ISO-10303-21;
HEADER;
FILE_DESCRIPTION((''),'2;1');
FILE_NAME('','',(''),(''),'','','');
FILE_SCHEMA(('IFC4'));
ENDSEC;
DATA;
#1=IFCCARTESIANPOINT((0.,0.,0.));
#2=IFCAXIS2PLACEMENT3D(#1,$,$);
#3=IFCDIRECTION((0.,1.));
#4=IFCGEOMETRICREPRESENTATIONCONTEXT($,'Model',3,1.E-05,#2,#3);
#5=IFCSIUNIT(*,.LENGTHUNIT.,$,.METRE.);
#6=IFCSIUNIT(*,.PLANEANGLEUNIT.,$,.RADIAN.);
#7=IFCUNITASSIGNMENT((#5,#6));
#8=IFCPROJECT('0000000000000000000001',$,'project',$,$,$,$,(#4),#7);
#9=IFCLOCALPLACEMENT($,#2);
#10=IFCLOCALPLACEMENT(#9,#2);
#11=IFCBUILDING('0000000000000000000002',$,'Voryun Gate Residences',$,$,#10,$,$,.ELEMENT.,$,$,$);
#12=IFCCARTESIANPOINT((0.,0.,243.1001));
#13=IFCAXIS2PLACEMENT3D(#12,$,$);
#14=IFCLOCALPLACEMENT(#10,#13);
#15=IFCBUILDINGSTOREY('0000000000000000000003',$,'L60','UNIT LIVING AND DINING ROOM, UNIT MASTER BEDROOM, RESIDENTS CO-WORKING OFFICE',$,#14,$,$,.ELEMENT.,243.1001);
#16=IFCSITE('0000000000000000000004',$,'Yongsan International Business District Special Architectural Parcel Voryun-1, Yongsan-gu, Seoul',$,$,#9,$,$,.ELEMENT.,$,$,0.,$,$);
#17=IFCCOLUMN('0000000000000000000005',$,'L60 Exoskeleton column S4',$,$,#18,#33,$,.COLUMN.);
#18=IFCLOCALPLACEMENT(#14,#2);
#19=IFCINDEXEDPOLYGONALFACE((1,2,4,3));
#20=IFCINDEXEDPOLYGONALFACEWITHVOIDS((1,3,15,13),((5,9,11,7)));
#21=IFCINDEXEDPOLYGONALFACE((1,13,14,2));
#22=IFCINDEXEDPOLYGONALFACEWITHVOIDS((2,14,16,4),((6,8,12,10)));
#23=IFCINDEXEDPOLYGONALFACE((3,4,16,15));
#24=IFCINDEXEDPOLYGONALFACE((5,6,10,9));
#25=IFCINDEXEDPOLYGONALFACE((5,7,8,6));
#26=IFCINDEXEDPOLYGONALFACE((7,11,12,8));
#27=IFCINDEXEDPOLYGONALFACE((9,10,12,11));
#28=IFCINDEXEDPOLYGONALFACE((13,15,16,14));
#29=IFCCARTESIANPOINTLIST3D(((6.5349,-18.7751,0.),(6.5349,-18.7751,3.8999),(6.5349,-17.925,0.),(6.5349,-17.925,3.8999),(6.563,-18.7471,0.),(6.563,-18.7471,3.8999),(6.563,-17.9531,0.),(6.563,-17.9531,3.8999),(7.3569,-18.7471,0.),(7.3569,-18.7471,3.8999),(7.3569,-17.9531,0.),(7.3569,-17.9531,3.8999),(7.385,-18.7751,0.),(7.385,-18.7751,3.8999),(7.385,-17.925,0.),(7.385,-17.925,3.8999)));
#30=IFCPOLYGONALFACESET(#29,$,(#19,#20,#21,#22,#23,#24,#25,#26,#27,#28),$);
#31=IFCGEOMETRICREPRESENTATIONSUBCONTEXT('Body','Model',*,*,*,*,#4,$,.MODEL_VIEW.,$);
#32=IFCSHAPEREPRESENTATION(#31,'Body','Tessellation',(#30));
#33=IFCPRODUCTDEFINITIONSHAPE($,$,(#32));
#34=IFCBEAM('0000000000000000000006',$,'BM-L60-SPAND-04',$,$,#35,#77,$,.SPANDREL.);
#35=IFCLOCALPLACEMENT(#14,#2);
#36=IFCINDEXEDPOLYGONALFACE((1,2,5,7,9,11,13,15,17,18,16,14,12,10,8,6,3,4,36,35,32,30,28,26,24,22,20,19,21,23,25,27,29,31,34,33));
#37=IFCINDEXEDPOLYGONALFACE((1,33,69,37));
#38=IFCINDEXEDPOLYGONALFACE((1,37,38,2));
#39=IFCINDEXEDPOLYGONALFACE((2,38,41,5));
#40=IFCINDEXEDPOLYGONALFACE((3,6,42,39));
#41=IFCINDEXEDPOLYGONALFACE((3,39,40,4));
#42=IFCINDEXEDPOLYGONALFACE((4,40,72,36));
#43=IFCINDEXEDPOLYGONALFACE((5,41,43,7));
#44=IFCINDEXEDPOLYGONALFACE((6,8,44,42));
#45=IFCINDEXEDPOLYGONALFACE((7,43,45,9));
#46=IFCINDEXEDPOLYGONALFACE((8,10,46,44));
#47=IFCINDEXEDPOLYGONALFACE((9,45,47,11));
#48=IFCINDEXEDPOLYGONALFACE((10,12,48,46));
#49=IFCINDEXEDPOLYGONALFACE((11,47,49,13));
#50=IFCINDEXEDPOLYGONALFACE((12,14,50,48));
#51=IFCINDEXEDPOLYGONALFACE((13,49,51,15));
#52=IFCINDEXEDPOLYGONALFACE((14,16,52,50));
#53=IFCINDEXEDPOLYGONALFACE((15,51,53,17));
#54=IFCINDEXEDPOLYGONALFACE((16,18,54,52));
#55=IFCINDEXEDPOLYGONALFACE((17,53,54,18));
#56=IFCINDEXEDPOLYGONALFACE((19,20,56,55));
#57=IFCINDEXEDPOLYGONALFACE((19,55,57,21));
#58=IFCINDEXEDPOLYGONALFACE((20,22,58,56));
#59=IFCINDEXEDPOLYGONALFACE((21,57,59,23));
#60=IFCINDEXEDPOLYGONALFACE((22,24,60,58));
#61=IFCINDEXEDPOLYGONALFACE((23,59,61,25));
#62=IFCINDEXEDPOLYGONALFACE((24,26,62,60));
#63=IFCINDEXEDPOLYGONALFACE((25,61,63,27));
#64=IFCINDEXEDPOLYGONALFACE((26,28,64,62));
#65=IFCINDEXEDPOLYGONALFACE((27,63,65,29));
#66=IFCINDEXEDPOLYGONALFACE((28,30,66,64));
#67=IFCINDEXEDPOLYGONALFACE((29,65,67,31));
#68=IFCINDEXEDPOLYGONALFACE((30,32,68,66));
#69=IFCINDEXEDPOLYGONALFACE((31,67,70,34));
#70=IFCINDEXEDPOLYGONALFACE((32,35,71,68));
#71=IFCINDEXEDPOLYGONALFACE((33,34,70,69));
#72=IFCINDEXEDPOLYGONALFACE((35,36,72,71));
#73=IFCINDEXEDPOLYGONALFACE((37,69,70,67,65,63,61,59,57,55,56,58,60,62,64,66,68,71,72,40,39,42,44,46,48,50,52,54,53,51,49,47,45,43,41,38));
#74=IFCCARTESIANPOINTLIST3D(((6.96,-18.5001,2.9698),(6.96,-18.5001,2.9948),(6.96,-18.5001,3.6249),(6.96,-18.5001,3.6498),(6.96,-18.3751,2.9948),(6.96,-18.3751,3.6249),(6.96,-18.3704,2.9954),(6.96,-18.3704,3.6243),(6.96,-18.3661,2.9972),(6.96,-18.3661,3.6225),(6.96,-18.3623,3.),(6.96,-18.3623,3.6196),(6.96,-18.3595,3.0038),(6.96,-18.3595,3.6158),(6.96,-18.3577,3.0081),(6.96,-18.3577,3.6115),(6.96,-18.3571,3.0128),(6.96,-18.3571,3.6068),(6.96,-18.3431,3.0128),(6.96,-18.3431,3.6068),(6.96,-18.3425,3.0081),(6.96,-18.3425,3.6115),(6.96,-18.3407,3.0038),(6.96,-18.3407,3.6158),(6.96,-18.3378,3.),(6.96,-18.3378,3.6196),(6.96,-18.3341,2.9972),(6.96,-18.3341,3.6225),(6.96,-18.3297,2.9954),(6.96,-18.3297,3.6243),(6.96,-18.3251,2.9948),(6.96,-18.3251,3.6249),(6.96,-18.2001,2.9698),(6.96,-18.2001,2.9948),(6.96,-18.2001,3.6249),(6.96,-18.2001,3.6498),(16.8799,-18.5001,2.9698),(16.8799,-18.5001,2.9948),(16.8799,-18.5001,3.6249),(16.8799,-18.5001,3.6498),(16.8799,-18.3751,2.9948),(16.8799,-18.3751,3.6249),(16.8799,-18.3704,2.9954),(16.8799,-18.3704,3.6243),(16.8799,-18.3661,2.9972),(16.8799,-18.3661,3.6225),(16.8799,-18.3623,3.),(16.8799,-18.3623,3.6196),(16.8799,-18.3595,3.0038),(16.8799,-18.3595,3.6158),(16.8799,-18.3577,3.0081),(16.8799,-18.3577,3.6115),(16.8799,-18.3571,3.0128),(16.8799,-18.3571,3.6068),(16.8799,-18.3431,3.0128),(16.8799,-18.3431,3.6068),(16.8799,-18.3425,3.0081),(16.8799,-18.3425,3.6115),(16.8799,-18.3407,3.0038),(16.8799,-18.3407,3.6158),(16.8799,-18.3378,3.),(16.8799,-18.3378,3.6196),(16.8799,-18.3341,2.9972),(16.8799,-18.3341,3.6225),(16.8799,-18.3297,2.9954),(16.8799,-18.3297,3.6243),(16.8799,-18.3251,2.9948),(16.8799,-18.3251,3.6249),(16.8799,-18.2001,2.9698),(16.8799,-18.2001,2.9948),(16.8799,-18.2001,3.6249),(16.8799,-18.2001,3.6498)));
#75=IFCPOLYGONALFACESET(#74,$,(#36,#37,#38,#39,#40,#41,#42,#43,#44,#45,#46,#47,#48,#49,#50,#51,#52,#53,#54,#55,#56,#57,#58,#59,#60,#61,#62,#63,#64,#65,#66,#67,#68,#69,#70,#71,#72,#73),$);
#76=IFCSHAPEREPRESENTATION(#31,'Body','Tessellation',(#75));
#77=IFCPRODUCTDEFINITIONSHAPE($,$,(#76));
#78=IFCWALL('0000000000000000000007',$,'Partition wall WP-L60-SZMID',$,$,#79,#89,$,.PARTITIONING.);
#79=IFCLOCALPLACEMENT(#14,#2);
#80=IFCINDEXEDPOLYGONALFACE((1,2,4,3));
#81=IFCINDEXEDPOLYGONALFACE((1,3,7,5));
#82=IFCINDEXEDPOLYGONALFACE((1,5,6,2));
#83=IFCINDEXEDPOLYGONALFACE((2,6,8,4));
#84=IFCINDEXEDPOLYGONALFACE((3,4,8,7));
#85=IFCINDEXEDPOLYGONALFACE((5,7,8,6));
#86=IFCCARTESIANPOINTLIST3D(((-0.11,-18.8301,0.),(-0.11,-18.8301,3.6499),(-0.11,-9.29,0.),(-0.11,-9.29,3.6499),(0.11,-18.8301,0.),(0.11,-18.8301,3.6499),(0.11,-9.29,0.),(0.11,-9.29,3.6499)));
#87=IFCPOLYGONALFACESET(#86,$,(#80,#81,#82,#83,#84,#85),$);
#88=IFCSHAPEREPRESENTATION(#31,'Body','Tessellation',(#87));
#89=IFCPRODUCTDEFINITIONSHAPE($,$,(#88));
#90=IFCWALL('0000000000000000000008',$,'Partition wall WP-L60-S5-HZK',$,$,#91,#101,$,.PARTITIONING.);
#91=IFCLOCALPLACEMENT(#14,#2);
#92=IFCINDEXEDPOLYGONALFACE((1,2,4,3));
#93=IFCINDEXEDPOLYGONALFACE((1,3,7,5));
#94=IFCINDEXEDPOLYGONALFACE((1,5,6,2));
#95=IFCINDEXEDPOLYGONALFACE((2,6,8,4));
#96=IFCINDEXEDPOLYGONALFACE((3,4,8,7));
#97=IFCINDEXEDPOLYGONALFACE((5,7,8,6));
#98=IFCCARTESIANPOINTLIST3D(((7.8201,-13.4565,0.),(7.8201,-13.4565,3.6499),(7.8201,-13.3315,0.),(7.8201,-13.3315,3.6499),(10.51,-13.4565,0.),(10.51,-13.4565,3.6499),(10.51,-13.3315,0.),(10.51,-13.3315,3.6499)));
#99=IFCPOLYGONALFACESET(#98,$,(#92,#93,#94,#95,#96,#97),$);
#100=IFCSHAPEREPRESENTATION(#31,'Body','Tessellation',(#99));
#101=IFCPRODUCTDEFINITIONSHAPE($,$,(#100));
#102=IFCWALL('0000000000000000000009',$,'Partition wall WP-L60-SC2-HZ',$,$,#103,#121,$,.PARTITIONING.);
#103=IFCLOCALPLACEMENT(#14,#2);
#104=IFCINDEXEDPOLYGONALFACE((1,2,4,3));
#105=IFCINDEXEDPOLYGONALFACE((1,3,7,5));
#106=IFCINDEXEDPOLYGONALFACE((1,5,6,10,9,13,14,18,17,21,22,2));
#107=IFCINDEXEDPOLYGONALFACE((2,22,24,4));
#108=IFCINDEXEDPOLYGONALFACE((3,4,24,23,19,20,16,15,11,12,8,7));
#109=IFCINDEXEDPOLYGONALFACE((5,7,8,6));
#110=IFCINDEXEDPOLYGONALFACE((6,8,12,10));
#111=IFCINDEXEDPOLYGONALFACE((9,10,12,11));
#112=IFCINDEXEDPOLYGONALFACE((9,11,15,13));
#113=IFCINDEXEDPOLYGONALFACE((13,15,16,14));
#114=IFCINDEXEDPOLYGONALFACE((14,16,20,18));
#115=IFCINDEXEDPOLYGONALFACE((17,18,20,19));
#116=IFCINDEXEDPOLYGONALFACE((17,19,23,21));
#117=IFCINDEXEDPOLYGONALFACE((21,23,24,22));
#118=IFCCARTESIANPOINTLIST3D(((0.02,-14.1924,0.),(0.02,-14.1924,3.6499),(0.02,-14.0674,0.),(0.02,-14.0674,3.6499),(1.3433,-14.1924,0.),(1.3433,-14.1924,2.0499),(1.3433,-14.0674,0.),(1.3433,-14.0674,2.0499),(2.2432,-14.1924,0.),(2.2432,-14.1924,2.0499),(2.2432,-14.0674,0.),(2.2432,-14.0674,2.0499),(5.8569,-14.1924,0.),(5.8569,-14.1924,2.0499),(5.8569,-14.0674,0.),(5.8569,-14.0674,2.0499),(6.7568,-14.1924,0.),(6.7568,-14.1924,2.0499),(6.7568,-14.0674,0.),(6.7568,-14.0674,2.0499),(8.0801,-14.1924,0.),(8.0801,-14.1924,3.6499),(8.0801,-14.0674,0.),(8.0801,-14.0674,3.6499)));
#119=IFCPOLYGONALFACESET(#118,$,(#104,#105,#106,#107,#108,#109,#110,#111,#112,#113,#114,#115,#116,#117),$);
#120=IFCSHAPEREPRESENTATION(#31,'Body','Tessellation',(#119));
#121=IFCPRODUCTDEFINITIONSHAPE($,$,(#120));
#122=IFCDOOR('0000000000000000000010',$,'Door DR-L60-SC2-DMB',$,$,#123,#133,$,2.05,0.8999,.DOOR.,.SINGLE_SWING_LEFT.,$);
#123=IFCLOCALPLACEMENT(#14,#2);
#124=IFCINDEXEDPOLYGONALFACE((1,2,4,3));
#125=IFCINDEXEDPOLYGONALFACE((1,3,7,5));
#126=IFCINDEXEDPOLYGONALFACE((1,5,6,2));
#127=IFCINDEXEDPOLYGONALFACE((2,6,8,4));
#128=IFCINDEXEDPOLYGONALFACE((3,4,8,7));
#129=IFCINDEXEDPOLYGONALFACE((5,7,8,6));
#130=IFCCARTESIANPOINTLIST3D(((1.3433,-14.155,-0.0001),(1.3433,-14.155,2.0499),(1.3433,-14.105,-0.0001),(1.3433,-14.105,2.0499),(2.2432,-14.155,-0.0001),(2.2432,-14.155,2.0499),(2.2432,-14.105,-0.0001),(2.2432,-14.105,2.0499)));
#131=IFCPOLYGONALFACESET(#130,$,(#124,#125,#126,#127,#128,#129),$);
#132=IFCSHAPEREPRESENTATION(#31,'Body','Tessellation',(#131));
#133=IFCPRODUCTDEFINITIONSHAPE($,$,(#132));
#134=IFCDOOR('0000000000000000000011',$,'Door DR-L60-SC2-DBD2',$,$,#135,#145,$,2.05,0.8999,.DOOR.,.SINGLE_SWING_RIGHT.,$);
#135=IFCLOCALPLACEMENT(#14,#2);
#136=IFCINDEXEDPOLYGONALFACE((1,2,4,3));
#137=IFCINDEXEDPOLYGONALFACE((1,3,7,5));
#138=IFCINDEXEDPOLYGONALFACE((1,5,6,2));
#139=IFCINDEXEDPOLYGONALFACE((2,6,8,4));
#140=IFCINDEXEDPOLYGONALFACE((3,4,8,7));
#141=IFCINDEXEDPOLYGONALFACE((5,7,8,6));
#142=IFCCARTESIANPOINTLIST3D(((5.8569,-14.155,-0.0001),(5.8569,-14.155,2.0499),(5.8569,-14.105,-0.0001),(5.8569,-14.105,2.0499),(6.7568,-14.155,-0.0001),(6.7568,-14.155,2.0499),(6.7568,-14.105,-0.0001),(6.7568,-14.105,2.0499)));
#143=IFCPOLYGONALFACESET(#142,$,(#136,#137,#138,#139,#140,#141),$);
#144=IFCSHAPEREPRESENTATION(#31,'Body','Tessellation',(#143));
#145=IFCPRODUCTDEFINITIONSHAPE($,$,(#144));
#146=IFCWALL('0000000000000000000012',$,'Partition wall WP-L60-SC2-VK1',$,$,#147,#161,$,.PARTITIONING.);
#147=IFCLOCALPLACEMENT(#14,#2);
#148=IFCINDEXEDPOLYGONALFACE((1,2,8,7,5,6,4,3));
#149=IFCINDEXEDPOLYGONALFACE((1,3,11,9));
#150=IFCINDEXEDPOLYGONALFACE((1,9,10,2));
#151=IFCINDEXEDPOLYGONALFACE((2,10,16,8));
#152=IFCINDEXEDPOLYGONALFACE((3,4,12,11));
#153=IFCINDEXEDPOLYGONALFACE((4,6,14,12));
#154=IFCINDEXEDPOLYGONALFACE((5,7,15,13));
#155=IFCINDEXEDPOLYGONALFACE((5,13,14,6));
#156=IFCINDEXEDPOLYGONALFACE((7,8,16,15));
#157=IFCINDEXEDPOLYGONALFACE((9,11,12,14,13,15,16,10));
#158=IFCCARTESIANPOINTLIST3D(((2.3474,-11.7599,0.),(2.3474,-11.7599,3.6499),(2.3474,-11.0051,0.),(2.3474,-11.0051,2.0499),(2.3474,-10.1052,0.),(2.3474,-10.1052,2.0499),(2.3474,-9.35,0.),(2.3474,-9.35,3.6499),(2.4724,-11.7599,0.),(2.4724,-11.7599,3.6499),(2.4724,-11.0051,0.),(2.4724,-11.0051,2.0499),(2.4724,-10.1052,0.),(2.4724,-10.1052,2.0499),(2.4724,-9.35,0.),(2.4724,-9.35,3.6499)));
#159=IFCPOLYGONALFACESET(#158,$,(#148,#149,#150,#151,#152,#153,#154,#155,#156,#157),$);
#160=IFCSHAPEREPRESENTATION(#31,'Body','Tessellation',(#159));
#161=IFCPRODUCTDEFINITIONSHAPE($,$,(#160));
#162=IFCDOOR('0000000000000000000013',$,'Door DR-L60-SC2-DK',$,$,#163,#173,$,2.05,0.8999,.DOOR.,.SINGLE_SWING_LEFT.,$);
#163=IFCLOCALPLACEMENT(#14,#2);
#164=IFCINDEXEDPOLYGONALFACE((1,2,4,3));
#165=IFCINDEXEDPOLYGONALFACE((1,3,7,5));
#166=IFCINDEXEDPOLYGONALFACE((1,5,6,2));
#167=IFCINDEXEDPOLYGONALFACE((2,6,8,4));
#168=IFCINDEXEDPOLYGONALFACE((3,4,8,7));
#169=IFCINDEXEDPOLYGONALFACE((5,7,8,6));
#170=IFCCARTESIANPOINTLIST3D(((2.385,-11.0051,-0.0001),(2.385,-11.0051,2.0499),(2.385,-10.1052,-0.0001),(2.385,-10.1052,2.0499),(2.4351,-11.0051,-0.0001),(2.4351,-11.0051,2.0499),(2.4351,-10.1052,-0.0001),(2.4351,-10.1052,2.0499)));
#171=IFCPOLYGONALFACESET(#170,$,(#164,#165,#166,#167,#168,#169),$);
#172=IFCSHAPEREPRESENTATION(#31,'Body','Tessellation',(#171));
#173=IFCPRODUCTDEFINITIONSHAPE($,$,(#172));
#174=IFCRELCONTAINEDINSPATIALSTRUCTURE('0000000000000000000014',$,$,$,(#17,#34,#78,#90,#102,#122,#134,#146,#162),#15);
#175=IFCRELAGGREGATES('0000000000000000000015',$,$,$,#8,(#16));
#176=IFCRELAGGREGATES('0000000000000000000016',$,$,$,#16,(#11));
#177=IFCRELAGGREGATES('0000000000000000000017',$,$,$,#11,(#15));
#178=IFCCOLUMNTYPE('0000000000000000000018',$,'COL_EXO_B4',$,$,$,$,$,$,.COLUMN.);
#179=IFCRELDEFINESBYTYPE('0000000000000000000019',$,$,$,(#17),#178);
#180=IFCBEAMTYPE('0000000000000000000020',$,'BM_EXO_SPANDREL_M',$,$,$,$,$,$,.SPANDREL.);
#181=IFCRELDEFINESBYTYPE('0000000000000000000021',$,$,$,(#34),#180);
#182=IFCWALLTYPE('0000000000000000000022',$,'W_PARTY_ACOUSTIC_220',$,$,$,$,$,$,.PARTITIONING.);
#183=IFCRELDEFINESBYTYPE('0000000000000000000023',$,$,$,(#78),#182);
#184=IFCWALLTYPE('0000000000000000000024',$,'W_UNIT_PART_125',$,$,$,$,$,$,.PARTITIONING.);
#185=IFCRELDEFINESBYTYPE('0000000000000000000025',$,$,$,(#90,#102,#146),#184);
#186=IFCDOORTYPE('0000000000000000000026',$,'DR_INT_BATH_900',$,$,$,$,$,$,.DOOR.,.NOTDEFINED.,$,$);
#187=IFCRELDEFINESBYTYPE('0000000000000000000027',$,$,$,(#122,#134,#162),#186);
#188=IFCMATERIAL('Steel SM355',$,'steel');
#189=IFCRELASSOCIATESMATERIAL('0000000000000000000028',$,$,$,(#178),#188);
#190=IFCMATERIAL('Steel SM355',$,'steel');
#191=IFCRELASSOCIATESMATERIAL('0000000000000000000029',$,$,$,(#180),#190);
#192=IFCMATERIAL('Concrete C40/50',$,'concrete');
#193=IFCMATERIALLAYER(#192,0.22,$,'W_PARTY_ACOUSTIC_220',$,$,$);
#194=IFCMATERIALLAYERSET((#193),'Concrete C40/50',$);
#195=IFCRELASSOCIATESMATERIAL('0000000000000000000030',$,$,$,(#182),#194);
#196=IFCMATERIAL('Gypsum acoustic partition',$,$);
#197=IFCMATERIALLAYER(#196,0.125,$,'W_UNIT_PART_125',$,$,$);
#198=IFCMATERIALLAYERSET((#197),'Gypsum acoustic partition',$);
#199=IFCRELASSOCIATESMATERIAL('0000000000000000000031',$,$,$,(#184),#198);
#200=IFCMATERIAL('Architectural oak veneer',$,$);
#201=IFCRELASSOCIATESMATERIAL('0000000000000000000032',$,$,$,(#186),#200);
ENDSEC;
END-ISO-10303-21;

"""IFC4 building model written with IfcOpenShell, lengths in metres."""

from ifc_helpers import new_model, si_unit, direction, frame, frame_2d, origin, origin_2d, place, context, subcontext, project, spatial, rectangle, hollow_rectangle, i_section, extrude, material, layer, layer_set, material_profile, profile_set, type_object, element, fill, save


model = new_model("IFC4")

# Units and contexts
model_context = context("Model", 3, precision=1e-05, world=origin(), true_north=direction((0.0, 1.0)))
body_context = subcontext(model_context, "Body", "Model", "MODEL_VIEW")
ifc_project = project(units=[si_unit("LENGTHUNIT", "METRE"), si_unit("PLANEANGLEUNIT", "RADIAN")], contexts=[model_context])

# Site, building, storey
site_placement = place(None, origin())
site = spatial("IfcSite", under=ifc_project, at=site_placement, Name="Yongsan International Business District Special Architectural Parcel Voryun-1, Yongsan-gu, Seoul", CompositionType="ELEMENT", RefElevation=0.0)
building_placement = place(site_placement, origin())
building = spatial("IfcBuilding", under=site, at=building_placement, Name="Voryun Gate Residences", CompositionType="ELEMENT")
storey_placement = place(building_placement, frame((0.0, 0.0, 243.1001)))
storey = spatial("IfcBuildingStorey", under=building, at=storey_placement, Name="L60", Description="UNIT LIVING AND DINING ROOM, UNIT MASTER BEDROOM, RESIDENTS CO-WORKING OFFICE", CompositionType="ELEMENT", Elevation=243.1001)

# Column
ifc_material_1 = material(Name="Steel SM355", Category="steel")
ifc_material_profile_1 = material_profile(ifc_material_1, hollow_rectangle(XDim=0.8501, YDim=0.8501, WallThickness=0.0281, at=origin_2d()), Name="BOX-850x850x28")
ifc_profile_set_1 = profile_set([ifc_material_profile_1], Name="Steel SM355")
column_type = type_object("IfcColumnType", Name="COL_EXO_B4", PredefinedType="COLUMN", material=ifc_profile_set_1)
column_placement = place(storey_placement, frame((6.96, -18.3501, 0.0), z_axis=(0.0, 0.0, 1.0), x_axis=(1.0, 0.0, 0.0)))
element("IfcColumn", 1, at=column_placement, inside=storey, type_object=column_type, Name="L60 Exoskeleton column S4", PredefinedType="COLUMN", context=body_context, shape_type="SweptSolid", body=[
    extrude(hollow_rectangle(XDim=0.8501, YDim=0.8501, WallThickness=0.0281, at=origin_2d()), origin(), (0.0, 0.0, 1.0), 3.8999),
])

# Beam
ifc_material_2 = material(Name="Steel SM355", Category="steel")
ifc_material_profile_2 = material_profile(ifc_material_2, i_section(OverallWidth=0.3, OverallDepth=0.6799, WebThickness=0.0139, FlangeThickness=0.0249, FilletRadius=0.0181, at=origin_2d()), Name="H-680x300x14x25")
ifc_profile_set_2 = profile_set([ifc_material_profile_2], Name="Steel SM355")
beam_type = type_object("IfcBeamType", Name="BM_EXO_SPANDREL_M", PredefinedType="SPANDREL", material=ifc_profile_set_2)
beam_placement = place(storey_placement, frame((6.96, -18.3501, 3.3098), z_axis=(1.0, 0.0, 0.0), x_axis=(0.0, 1.0, 0.0)))
element("IfcBeam", 2, at=beam_placement, inside=storey, type_object=beam_type, Name="BM-L60-SPAND-04", PredefinedType="SPANDREL", context=body_context, shape_type="SweptSolid", body=[
    extrude(i_section(OverallWidth=0.3, OverallDepth=0.6799, WebThickness=0.0139, FlangeThickness=0.0249, FilletRadius=0.0181, at=origin_2d()), origin(), (0.0, 0.0, 1.0), 9.9199),
])

# Walls
ifc_material_3 = material(Name="Concrete C40/50", Category="concrete")
ifc_layer_1 = layer(ifc_material_3, 0.22, Name="W_PARTY_ACOUSTIC_220")
ifc_layer_set_1 = layer_set([ifc_layer_1], Name="Concrete C40/50")
wall_type_1 = type_object("IfcWallType", Name="W_PARTY_ACOUSTIC_220", PredefinedType="PARTITIONING", material=ifc_layer_set_1)
wall_1_placement = place(storey_placement, frame((0.0, -18.8301, 0.0), z_axis=(0.0, 0.0, 1.0), x_axis=(0.0, 1.0, 0.0)))
element("IfcWall", 3, at=wall_1_placement, inside=storey, type_object=wall_type_1, Name="Partition wall WP-L60-SZMID", PredefinedType="PARTITIONING", context=body_context, shape_type="SweptSolid", body=[
    extrude(rectangle(XDim=9.54, YDim=0.22, at=frame_2d((4.77, 0.0))), origin(), (0.0, 0.0, 1.0), 3.6499),
])
ifc_material_4 = material(Name="Gypsum acoustic partition")
ifc_layer_2 = layer(ifc_material_4, 0.125, Name="W_UNIT_PART_125")
ifc_layer_set_2 = layer_set([ifc_layer_2], Name="Gypsum acoustic partition")
wall_type_2 = type_object("IfcWallType", Name="W_UNIT_PART_125", PredefinedType="PARTITIONING", material=ifc_layer_set_2)
wall_2_placement = place(storey_placement, frame((7.8201, -13.394, 0.0), z_axis=(0.0, 0.0, 1.0), x_axis=(1.0, 0.0, 0.0)))
element("IfcWall", 4, at=wall_2_placement, inside=storey, type_object=wall_type_2, Name="Partition wall WP-L60-S5-HZK", PredefinedType="PARTITIONING", context=body_context, shape_type="SweptSolid", body=[
    extrude(rectangle(XDim=2.6899, YDim=0.125, at=frame_2d((1.345, 0.0))), origin(), (0.0, 0.0, 1.0), 3.6499),
])

# Wall, openings, doors
wall_3_placement = place(storey_placement, frame((0.02, -14.1299, 0.0), z_axis=(0.0, 0.0, 1.0), x_axis=(1.0, 0.0, 0.0)))
wall_3 = element("IfcWall", 5, at=wall_3_placement, inside=storey, type_object=wall_type_2, Name="Partition wall WP-L60-SC2-HZ", PredefinedType="PARTITIONING", context=body_context, shape_type="SweptSolid", body=[
    extrude(rectangle(XDim=8.0601, YDim=0.125, at=frame_2d((4.03, 0.0))), origin(), (0.0, 0.0, 1.0), 3.6499),
])
opening_1_placement = place(wall_3_placement, frame((1.3232, 0.0, 0.0)))
opening_1 = element("IfcOpeningElement", 6, at=opening_1_placement, cuts=wall_3, PredefinedType="OPENING", context=body_context, shape_type="SweptSolid", body=[
    extrude(rectangle(XDim=0.8999, YDim=2.05, at=frame_2d((0.45, 1.0249))), frame((0.0, 0.0725, 0.0), z_axis=(0.0, -1.0, 0.0), x_axis=(1.0, 0.0, 0.0)), (0.0, 0.0, 1.0), 0.145),
])
opening_2_placement = place(wall_3_placement, frame((5.8369, 0.0, 0.0)))
opening_2 = element("IfcOpeningElement", 7, at=opening_2_placement, cuts=wall_3, PredefinedType="OPENING", context=body_context, shape_type="SweptSolid", body=[
    extrude(rectangle(XDim=0.8999, YDim=2.05, at=frame_2d((0.45, 1.0249))), frame((0.0, 0.0725, 0.0), z_axis=(0.0, -1.0, 0.0), x_axis=(1.0, 0.0, 0.0)), (0.0, 0.0, 1.0), 0.145),
])
ifc_material_5 = material(Name="Architectural oak veneer")
door_type = type_object("IfcDoorType", Name="DR_INT_BATH_900", OperationType="NOTDEFINED", PredefinedType="DOOR", material=ifc_material_5)
door_1_placement = place(opening_1_placement, origin())
door_1 = element("IfcDoor", 8, at=door_1_placement, inside=storey, type_object=door_type, Name="Door DR-L60-SC2-DMB", OperationType="SINGLE_SWING_LEFT", OverallHeight=2.05, OverallWidth=0.8999, PredefinedType="DOOR", context=body_context, shape_type="SweptSolid", body=[
    extrude(rectangle(XDim=0.8999, YDim=2.05, at=frame_2d((0.45, 1.0249))), frame((0.0, 0.0249, 0.0), z_axis=(0.0, -1.0, 0.0), x_axis=(1.0, 0.0, 0.0)), (0.0, 0.0, 1.0), 0.05),
])
fill(opening_1, door_1)
door_2_placement = place(opening_2_placement, origin())
door_2 = element("IfcDoor", 9, at=door_2_placement, inside=storey, type_object=door_type, Name="Door DR-L60-SC2-DBD2", OperationType="SINGLE_SWING_RIGHT", OverallHeight=2.05, OverallWidth=0.8999, PredefinedType="DOOR", context=body_context, shape_type="SweptSolid", body=[
    extrude(rectangle(XDim=0.8999, YDim=2.05, at=frame_2d((0.45, 1.0249))), frame((0.0, 0.0249, 0.0), z_axis=(0.0, -1.0, 0.0), x_axis=(1.0, 0.0, 0.0)), (0.0, 0.0, 1.0), 0.05),
])
fill(opening_2, door_2)

# Wall, opening, door
wall_4_placement = place(storey_placement, frame((2.4099, -11.76, 0.0), z_axis=(0.0, 0.0, 1.0), x_axis=(0.0, 1.0, 0.0)))
wall_4 = element("IfcWall", 10, at=wall_4_placement, inside=storey, type_object=wall_type_2, Name="Partition wall WP-L60-SC2-VK1", PredefinedType="PARTITIONING", context=body_context, shape_type="SweptSolid", body=[
    extrude(rectangle(XDim=2.4099, YDim=0.125, at=frame_2d((1.2051, 0.0))), origin(), (0.0, 0.0, 1.0), 3.6499),
])
opening_3_placement = place(wall_4_placement, frame((0.7549, 0.0, 0.0)))
opening_3 = element("IfcOpeningElement", 11, at=opening_3_placement, cuts=wall_4, PredefinedType="OPENING", context=body_context, shape_type="SweptSolid", body=[
    extrude(rectangle(XDim=0.8999, YDim=2.05, at=frame_2d((0.45, 1.0249))), frame((0.0, 0.0725, 0.0), z_axis=(0.0, -1.0, 0.0), x_axis=(1.0, 0.0, 0.0)), (0.0, 0.0, 1.0), 0.145),
])
door_3_placement = place(opening_3_placement, origin())
door_3 = element("IfcDoor", 12, at=door_3_placement, inside=storey, type_object=door_type, Name="Door DR-L60-SC2-DK", OperationType="SINGLE_SWING_LEFT", OverallHeight=2.05, OverallWidth=0.8999, PredefinedType="DOOR", context=body_context, shape_type="SweptSolid", body=[
    extrude(rectangle(XDim=0.8999, YDim=2.05, at=frame_2d((0.45, 1.0249))), frame((0.0, 0.0249, 0.0), z_axis=(0.0, -1.0, 0.0), x_axis=(1.0, 0.0, 0.0)), (0.0, 0.0, 1.0), 0.05),
])
fill(opening_3, door_3)

save(model, "model.ifc")
